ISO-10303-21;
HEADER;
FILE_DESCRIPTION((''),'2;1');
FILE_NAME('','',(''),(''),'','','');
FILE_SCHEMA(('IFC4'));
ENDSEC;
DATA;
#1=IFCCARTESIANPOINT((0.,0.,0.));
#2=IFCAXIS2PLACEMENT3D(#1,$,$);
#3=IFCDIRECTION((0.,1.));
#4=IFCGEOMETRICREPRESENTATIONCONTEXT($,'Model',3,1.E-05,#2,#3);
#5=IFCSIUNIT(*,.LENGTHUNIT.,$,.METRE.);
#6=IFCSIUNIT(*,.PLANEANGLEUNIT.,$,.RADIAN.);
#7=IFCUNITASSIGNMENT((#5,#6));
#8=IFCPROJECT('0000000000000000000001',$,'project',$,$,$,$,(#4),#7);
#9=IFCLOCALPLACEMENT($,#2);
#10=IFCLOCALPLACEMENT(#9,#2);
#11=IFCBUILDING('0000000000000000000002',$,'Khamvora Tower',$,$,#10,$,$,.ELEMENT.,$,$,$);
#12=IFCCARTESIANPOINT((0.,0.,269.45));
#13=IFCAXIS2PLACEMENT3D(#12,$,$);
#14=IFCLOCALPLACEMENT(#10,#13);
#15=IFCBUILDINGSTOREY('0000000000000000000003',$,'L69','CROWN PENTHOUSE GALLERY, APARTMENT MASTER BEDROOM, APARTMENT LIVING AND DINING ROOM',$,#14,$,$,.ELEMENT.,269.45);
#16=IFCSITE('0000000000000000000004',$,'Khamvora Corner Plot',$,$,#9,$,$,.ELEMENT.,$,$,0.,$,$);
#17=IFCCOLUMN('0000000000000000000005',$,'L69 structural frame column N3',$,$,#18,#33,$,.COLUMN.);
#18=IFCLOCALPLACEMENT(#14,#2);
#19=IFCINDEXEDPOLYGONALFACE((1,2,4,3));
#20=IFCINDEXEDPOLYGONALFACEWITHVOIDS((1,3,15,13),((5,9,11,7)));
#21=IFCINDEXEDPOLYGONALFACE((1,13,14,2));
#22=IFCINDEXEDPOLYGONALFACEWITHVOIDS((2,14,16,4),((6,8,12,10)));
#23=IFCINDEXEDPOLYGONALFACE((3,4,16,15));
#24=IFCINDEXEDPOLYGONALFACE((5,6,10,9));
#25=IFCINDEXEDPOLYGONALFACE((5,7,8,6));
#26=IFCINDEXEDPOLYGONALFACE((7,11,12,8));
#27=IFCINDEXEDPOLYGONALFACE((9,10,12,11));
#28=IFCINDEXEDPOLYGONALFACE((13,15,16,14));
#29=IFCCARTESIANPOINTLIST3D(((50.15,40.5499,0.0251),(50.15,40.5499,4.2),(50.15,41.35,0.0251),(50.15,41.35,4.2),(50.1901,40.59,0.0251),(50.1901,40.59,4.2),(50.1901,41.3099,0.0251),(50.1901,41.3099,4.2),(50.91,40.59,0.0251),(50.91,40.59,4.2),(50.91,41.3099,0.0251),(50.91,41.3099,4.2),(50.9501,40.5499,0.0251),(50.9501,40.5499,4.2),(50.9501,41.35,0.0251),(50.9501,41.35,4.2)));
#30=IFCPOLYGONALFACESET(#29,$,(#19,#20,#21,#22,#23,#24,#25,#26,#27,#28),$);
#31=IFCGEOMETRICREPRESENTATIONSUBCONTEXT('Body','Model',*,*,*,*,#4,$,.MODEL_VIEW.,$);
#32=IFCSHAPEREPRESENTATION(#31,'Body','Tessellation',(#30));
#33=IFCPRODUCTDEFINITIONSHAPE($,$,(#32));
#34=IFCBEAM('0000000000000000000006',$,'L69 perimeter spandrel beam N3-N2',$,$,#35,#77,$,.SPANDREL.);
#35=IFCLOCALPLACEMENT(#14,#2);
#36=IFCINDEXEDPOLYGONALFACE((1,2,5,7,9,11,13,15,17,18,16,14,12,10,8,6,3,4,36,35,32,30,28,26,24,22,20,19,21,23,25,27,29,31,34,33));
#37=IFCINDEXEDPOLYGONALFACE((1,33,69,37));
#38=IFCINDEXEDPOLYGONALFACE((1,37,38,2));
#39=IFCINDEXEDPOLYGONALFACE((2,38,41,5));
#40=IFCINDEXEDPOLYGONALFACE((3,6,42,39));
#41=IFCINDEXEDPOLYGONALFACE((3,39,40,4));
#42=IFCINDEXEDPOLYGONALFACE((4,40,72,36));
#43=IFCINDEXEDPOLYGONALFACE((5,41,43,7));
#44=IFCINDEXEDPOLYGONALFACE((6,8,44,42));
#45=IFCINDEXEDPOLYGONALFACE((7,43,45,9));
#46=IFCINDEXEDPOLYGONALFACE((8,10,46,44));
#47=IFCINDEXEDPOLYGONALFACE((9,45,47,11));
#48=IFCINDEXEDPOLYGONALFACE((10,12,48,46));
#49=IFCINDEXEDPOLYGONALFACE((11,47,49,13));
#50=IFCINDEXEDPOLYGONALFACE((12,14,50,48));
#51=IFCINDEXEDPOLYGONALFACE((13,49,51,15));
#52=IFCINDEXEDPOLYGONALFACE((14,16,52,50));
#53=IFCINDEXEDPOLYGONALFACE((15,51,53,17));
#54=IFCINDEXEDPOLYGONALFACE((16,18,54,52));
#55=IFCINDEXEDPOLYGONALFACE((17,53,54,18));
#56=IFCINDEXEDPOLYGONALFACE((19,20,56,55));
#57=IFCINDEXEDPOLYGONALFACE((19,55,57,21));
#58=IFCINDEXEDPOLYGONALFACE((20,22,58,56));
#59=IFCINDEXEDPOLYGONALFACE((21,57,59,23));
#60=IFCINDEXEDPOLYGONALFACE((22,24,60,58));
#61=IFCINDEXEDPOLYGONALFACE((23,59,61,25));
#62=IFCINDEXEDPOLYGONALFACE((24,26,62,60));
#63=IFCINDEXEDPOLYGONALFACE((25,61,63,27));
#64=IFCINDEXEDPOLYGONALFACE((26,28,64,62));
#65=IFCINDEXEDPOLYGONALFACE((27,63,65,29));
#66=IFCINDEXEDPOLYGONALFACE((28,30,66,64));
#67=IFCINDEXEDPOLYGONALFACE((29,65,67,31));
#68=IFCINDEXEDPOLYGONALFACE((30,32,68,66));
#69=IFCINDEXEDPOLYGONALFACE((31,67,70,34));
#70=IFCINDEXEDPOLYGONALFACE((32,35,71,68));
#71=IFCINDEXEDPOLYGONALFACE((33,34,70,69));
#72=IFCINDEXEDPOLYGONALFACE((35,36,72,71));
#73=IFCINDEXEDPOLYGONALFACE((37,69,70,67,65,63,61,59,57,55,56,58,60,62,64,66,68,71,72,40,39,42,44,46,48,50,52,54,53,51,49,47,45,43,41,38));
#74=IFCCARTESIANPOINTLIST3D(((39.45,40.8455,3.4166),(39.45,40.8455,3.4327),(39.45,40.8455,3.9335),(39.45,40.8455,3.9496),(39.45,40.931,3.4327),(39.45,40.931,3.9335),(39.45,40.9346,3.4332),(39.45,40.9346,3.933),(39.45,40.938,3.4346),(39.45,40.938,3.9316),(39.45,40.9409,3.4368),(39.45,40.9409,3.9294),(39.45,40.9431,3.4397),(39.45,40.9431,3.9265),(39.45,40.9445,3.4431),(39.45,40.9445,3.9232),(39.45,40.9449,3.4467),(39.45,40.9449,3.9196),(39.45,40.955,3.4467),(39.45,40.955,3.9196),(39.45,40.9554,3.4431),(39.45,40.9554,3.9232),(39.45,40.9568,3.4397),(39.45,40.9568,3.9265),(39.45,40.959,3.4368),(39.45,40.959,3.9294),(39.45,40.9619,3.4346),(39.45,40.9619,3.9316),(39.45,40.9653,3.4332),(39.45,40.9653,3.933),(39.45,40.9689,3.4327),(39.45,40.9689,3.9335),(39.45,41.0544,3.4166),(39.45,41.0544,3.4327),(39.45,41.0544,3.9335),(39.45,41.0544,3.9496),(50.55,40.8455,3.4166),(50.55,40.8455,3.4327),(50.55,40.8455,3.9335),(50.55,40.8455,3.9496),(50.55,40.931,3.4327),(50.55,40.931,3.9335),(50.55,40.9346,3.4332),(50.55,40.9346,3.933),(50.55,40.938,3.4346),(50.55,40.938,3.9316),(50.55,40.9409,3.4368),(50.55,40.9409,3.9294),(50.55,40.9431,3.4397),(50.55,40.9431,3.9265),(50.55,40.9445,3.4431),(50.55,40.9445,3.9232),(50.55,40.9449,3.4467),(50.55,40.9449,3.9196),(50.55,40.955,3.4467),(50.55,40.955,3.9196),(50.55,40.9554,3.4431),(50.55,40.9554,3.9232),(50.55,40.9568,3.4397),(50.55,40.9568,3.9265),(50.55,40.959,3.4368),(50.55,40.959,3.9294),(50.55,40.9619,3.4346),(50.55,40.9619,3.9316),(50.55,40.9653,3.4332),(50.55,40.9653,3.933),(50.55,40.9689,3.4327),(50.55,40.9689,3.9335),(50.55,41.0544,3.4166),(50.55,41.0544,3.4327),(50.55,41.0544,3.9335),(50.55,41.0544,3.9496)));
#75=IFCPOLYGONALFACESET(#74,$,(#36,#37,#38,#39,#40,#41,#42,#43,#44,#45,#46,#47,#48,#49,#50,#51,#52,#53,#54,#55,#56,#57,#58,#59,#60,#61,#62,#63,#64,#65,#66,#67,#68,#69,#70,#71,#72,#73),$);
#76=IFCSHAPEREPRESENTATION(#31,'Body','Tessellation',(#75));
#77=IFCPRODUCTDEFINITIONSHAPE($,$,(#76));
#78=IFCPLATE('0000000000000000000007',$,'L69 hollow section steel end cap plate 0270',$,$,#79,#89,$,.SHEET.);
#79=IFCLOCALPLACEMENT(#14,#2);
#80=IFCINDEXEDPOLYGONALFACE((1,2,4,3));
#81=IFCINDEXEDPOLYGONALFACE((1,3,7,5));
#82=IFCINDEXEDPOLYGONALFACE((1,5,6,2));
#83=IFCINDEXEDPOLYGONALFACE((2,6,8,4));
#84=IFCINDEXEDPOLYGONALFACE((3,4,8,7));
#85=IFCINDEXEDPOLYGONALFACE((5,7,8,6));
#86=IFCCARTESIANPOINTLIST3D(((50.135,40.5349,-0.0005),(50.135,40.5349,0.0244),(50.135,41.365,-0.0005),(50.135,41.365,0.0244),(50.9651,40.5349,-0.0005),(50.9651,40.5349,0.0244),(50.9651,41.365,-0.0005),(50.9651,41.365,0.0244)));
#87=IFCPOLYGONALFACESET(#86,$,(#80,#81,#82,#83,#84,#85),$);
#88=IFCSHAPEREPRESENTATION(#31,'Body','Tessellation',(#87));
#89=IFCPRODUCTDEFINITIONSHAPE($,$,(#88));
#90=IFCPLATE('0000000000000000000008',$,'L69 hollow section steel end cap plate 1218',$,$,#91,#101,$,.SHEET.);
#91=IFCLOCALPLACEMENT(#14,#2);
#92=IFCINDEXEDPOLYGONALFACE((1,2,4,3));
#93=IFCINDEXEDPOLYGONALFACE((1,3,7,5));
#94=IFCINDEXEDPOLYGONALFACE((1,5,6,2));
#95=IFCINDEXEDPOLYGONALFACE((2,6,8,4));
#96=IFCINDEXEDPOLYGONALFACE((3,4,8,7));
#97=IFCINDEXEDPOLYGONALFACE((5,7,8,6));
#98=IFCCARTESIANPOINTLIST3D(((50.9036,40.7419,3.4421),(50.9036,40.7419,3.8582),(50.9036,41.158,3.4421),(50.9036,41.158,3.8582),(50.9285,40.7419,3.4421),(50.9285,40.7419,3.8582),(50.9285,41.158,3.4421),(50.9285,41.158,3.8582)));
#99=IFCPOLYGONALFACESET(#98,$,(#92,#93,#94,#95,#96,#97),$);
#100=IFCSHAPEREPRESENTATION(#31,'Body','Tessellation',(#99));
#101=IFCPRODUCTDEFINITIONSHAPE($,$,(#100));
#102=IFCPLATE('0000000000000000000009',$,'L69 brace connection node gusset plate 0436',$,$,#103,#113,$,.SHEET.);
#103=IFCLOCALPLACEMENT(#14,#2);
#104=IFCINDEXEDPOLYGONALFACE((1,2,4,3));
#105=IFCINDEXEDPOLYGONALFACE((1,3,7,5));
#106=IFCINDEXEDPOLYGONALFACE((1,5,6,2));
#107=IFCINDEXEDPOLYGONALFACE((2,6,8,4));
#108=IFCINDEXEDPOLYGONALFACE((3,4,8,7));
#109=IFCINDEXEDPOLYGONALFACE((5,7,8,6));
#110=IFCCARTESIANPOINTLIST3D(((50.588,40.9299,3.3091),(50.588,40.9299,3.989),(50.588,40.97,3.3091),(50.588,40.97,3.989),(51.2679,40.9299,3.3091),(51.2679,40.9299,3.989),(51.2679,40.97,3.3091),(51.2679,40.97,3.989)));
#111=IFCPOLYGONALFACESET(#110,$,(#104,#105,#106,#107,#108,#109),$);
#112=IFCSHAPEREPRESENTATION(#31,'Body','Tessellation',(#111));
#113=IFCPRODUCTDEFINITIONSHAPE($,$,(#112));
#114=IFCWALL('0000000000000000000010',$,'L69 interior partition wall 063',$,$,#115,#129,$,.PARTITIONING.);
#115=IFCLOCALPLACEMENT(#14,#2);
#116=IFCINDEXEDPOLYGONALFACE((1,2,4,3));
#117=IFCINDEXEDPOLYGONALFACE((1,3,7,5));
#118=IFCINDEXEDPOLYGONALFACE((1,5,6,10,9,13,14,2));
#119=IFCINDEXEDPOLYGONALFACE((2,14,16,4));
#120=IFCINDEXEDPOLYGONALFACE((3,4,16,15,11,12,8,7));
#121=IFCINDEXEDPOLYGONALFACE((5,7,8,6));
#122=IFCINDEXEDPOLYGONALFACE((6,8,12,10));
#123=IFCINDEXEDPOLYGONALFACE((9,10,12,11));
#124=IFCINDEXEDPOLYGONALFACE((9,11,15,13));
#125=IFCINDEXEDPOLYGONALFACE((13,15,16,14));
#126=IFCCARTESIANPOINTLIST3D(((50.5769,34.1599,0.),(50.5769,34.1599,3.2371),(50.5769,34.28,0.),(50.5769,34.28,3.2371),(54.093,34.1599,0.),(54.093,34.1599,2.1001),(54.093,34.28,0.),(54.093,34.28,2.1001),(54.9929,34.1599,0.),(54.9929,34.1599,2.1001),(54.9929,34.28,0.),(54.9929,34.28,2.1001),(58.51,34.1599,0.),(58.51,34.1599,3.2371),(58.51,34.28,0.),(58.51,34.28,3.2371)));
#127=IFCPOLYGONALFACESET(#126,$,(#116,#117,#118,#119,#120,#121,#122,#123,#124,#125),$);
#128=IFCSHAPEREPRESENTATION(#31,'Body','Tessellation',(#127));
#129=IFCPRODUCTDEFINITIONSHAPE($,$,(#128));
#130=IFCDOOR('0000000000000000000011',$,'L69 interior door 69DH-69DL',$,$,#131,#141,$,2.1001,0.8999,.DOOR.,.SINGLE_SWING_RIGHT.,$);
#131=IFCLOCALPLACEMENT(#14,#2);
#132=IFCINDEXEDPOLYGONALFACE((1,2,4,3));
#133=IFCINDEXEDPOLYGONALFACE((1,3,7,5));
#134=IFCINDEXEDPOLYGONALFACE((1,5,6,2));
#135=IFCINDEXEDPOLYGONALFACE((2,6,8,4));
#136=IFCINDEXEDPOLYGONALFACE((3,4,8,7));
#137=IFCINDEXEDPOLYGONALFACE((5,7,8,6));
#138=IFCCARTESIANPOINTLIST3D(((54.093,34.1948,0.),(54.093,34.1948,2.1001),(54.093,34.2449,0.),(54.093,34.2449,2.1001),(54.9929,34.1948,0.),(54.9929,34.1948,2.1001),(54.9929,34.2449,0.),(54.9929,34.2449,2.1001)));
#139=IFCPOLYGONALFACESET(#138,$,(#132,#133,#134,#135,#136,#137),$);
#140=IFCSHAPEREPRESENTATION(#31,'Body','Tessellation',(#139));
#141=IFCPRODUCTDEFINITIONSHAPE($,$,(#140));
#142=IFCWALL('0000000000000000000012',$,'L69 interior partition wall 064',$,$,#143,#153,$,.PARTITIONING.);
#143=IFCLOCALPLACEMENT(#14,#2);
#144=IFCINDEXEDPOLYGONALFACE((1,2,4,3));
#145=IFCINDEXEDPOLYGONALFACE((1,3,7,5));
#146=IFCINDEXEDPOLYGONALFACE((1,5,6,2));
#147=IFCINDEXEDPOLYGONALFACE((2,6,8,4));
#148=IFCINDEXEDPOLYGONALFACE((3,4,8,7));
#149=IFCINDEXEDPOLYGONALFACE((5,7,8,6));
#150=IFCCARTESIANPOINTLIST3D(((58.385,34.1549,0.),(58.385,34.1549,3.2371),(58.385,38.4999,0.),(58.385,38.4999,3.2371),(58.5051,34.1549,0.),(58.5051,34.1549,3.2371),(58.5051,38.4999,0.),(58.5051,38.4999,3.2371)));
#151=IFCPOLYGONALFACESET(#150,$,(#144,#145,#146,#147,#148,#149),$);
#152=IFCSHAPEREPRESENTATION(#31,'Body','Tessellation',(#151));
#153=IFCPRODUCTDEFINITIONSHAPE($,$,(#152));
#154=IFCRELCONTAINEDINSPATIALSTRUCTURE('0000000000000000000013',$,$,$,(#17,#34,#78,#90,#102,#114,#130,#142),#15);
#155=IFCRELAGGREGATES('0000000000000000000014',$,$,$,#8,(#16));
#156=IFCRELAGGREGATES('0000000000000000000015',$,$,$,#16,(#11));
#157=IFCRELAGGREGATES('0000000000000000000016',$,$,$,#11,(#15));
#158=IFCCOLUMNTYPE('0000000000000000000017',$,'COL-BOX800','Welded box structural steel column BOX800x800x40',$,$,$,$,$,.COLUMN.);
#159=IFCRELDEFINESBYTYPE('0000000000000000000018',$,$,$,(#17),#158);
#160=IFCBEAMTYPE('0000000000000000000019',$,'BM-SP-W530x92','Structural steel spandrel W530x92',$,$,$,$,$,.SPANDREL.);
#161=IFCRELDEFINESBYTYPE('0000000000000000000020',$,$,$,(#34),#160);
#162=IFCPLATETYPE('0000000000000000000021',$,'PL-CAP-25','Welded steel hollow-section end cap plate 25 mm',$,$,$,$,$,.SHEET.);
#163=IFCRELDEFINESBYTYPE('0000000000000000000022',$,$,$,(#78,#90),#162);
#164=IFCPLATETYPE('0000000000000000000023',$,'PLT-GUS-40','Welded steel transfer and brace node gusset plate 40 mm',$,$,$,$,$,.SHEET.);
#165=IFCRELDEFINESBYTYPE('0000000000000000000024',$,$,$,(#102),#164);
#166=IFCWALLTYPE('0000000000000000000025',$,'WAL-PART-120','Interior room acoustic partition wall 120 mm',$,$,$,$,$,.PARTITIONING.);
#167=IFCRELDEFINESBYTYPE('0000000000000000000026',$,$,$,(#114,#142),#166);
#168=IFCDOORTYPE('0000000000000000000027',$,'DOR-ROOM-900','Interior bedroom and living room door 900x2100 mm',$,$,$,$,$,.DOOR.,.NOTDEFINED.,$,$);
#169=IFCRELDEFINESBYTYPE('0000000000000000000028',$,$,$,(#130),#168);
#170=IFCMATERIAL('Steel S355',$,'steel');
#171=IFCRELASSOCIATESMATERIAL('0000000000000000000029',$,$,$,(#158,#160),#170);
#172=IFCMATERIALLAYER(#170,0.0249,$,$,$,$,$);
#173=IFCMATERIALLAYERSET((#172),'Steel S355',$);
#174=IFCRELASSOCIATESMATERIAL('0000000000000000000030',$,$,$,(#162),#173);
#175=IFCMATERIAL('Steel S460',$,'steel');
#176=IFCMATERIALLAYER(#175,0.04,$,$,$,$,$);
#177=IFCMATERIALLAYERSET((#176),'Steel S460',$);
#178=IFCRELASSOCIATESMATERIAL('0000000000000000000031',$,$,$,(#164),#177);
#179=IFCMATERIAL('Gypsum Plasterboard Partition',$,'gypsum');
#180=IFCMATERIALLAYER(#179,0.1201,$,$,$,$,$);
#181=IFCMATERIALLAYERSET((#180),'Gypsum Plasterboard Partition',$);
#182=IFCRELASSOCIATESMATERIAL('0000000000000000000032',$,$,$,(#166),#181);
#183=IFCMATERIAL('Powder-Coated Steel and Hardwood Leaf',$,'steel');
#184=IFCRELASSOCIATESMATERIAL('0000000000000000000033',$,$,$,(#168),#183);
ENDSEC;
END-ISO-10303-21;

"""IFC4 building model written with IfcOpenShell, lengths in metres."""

from ifc_helpers import new_model, si_unit, direction, frame, frame_2d, origin, origin_2d, place, context, subcontext, project, spatial, rectangle, hollow_rectangle, i_section, extrude, material, layer, layer_set, material_profile, profile_set, type_object, element, fill, save


model = new_model("IFC4")

# Units and contexts
model_context = context("Model", 3, precision=1e-05, world=origin(), true_north=direction((0.0, 1.0)))
body_context = subcontext(model_context, "Body", "Model", "MODEL_VIEW")
ifc_project = project(units=[si_unit("LENGTHUNIT", "METRE"), si_unit("PLANEANGLEUNIT", "RADIAN")], contexts=[model_context])

# Site, building, storey
site_placement = place(None, origin())
site = spatial("IfcSite", under=ifc_project, at=site_placement, Name="Khamvora Corner Plot", CompositionType="ELEMENT", RefElevation=0.0)
building_placement = place(site_placement, origin())
building = spatial("IfcBuilding", under=site, at=building_placement, Name="Khamvora Tower", CompositionType="ELEMENT")
storey_placement = place(building_placement, frame((0.0, 0.0, 269.45)))
storey = spatial("IfcBuildingStorey", under=building, at=storey_placement, Name="L69", Description="CROWN PENTHOUSE GALLERY, APARTMENT MASTER BEDROOM, APARTMENT LIVING AND DINING ROOM", CompositionType="ELEMENT", Elevation=269.45)

# Column
ifc_material_1 = material(Name="Steel S355", Category="steel")
ifc_material_profile_1 = material_profile(ifc_material_1, hollow_rectangle(XDim=0.8, YDim=0.8, WallThickness=0.04, at=origin_2d()), Name="BOX800x800x40")
ifc_profile_set_1 = profile_set([ifc_material_profile_1], Name="Steel S355")
column_type = type_object("IfcColumnType", Name="COL-BOX800", Description="Welded box structural steel column BOX800x800x40", PredefinedType="COLUMN", material=ifc_profile_set_1)
column_placement = place(storey_placement, frame((50.55, 40.95, 0.0251), z_axis=(0.0, 0.0, 1.0), x_axis=(1.0, 0.0, 0.0)))
element("IfcColumn", 1, at=column_placement, inside=storey, type_object=column_type, Name="L69 structural frame column N3", PredefinedType="COLUMN", context=body_context, shape_type="SweptSolid", body=[
    extrude(hollow_rectangle(XDim=0.8, YDim=0.8, WallThickness=0.04, at=origin_2d()), origin(), (0.0, 0.0, 1.0), 4.1748),
])

# Beam
ifc_material_profile_2 = material_profile(ifc_material_1, i_section(OverallWidth=0.209, OverallDepth=0.533, WebThickness=0.01, FlangeThickness=0.0161, FilletRadius=0.0139, at=origin_2d()), Name="W530x92")
ifc_profile_set_2 = profile_set([ifc_material_profile_2], Name="Steel S355")
beam_type = type_object("IfcBeamType", Name="BM-SP-W530x92", Description="Structural steel spandrel W530x92", PredefinedType="SPANDREL", material=ifc_profile_set_2)
beam_placement = place(storey_placement, frame((50.55, 40.95, 3.6831), z_axis=(-1.0, 0.0, 0.0), x_axis=(0.0, -1.0, 0.0)))
element("IfcBeam", 2, at=beam_placement, inside=storey, type_object=beam_type, Name="L69 perimeter spandrel beam N3-N2", PredefinedType="SPANDREL", context=body_context, shape_type="SweptSolid", body=[
    extrude(i_section(OverallWidth=0.209, OverallDepth=0.533, WebThickness=0.01, FlangeThickness=0.0161, FilletRadius=0.0139, at=origin_2d()), origin(), (0.0, 0.0, 1.0), 11.1001),
])

# Plates
ifc_layer_1 = layer(ifc_material_1, 0.0249)
ifc_layer_set_1 = layer_set([ifc_layer_1], Name="Steel S355")
plate_type_1 = type_object("IfcPlateType", Name="PL-CAP-25", Description="Welded steel hollow-section end cap plate 25 mm", PredefinedType="SHEET", material=ifc_layer_set_1)
plate_1_placement = place(storey_placement, frame((50.55, 40.95, -0.0005), z_axis=(0.0, 0.0, 1.0), x_axis=(1.0, 0.0, 0.0)))
element("IfcPlate", 3, at=plate_1_placement, inside=storey, type_object=plate_type_1, Name="L69 hollow section steel end cap plate 0270", PredefinedType="SHEET", context=body_context, shape_type="SweptSolid", body=[
    extrude(rectangle(XDim=0.8301, YDim=0.8301, at=origin_2d()), origin(), (0.0, 0.0, 1.0), 0.0249),
])
plate_2_placement = place(storey_placement, frame((50.916, 40.95, 3.4421), z_axis=(0.0, 0.0, 1.0), x_axis=(-1.0, 0.0, 0.0)))
element("IfcPlate", 4, at=plate_2_placement, inside=storey, type_object=plate_type_1, Name="L69 hollow section steel end cap plate 1218", PredefinedType="SHEET", context=body_context, shape_type="SweptSolid", body=[
    extrude(rectangle(XDim=0.0249, YDim=0.416, at=origin_2d()), origin(), (0.0, 0.0, 1.0), 0.416),
])
ifc_material_2 = material(Name="Steel S460", Category="steel")
ifc_layer_2 = layer(ifc_material_2, 0.04)
ifc_layer_set_2 = layer_set([ifc_layer_2], Name="Steel S460")
plate_type_2 = type_object("IfcPlateType", Name="PLT-GUS-40", Description="Welded steel transfer and brace node gusset plate 40 mm", PredefinedType="SHEET", material=ifc_layer_set_2)
plate_3_placement = place(storey_placement, frame((50.928, 40.95, 3.3091), z_axis=(0.0, 0.0, 1.0), x_axis=(1.0, 0.0, 0.0)))
element("IfcPlate", 5, at=plate_3_placement, inside=storey, type_object=plate_type_2, Name="L69 brace connection node gusset plate 0436", PredefinedType="SHEET", context=body_context, shape_type="SweptSolid", body=[
    extrude(rectangle(XDim=0.6799, YDim=0.04, at=origin_2d()), origin(), (0.0, 0.0, 1.0), 0.6799),
])

# Wall, opening, door
ifc_material_3 = material(Name="Gypsum Plasterboard Partition", Category="gypsum")
ifc_layer_3 = layer(ifc_material_3, 0.1201)
ifc_layer_set_3 = layer_set([ifc_layer_3], Name="Gypsum Plasterboard Partition")
wall_type_1 = type_object("IfcWallType", Name="WAL-PART-120", Description="Interior room acoustic partition wall 120 mm", PredefinedType="PARTITIONING", material=ifc_layer_set_3)
wall_1_placement = place(storey_placement, frame((50.5769, 34.22, 0.0), z_axis=(0.0, 0.0, 1.0), x_axis=(1.0, 0.0, 0.0)))
wall_1 = element("IfcWall", 6, at=wall_1_placement, inside=storey, type_object=wall_type_1, Name="L69 interior partition wall 063", PredefinedType="PARTITIONING", context=body_context, shape_type="SweptSolid", body=[
    extrude(rectangle(XDim=7.9331, YDim=0.1201, at=frame_2d((3.9666, 0.0))), origin(), (0.0, 0.0, 1.0), 3.2371),
])
opening_1_placement = place(wall_1_placement, frame((3.5161, 0.0, 0.0)))
opening_1 = element("IfcOpeningElement", 7, at=opening_1_placement, cuts=wall_1, PredefinedType="OPENING", context=body_context, shape_type="SweptSolid", body=[
    extrude(rectangle(XDim=0.8999, YDim=2.1001, at=frame_2d((0.45, 1.05))), frame((0.0, 0.0701, 0.0), z_axis=(0.0, -1.0, 0.0), x_axis=(1.0, 0.0, 0.0)), (0.0, 0.0, 1.0), 0.1401),
])
ifc_material_4 = material(Name="Powder-Coated Steel and Hardwood Leaf", Category="steel")
door_type_1 = type_object("IfcDoorType", Name="DOR-ROOM-900", Description="Interior bedroom and living room door 900x2100 mm", OperationType="NOTDEFINED", PredefinedType="DOOR", material=ifc_material_4)
door_1_placement = place(opening_1_placement, origin())
door_1 = element("IfcDoor", 8, at=door_1_placement, inside=storey, type_object=door_type_1, Name="L69 interior door 69DH-69DL", OperationType="SINGLE_SWING_RIGHT", OverallHeight=2.1001, OverallWidth=0.8999, PredefinedType="DOOR", context=body_context, shape_type="SweptSolid", body=[
    extrude(rectangle(XDim=0.8999, YDim=2.1001, at=frame_2d((0.45, 1.05))), frame((0.0, 0.0249, 0.0), z_axis=(0.0, -1.0, 0.0), x_axis=(1.0, 0.0, 0.0)), (0.0, 0.0, 1.0), 0.05),
])
fill(opening_1, door_1)

# Wall
wall_2_placement = place(storey_placement, frame((58.4451, 34.155, 0.0), z_axis=(0.0, 0.0, 1.0), x_axis=(0.0, 1.0, 0.0)))
element("IfcWall", 9, at=wall_2_placement, inside=storey, type_object=wall_type_1, Name="L69 interior partition wall 064", PredefinedType="PARTITIONING", context=body_context, shape_type="SweptSolid", body=[
    extrude(rectangle(XDim=4.345, YDim=0.1201, at=frame_2d((2.1724, 0.0))), origin(), (0.0, 0.0, 1.0), 3.2371),
])

save(model, "model.ifc")
